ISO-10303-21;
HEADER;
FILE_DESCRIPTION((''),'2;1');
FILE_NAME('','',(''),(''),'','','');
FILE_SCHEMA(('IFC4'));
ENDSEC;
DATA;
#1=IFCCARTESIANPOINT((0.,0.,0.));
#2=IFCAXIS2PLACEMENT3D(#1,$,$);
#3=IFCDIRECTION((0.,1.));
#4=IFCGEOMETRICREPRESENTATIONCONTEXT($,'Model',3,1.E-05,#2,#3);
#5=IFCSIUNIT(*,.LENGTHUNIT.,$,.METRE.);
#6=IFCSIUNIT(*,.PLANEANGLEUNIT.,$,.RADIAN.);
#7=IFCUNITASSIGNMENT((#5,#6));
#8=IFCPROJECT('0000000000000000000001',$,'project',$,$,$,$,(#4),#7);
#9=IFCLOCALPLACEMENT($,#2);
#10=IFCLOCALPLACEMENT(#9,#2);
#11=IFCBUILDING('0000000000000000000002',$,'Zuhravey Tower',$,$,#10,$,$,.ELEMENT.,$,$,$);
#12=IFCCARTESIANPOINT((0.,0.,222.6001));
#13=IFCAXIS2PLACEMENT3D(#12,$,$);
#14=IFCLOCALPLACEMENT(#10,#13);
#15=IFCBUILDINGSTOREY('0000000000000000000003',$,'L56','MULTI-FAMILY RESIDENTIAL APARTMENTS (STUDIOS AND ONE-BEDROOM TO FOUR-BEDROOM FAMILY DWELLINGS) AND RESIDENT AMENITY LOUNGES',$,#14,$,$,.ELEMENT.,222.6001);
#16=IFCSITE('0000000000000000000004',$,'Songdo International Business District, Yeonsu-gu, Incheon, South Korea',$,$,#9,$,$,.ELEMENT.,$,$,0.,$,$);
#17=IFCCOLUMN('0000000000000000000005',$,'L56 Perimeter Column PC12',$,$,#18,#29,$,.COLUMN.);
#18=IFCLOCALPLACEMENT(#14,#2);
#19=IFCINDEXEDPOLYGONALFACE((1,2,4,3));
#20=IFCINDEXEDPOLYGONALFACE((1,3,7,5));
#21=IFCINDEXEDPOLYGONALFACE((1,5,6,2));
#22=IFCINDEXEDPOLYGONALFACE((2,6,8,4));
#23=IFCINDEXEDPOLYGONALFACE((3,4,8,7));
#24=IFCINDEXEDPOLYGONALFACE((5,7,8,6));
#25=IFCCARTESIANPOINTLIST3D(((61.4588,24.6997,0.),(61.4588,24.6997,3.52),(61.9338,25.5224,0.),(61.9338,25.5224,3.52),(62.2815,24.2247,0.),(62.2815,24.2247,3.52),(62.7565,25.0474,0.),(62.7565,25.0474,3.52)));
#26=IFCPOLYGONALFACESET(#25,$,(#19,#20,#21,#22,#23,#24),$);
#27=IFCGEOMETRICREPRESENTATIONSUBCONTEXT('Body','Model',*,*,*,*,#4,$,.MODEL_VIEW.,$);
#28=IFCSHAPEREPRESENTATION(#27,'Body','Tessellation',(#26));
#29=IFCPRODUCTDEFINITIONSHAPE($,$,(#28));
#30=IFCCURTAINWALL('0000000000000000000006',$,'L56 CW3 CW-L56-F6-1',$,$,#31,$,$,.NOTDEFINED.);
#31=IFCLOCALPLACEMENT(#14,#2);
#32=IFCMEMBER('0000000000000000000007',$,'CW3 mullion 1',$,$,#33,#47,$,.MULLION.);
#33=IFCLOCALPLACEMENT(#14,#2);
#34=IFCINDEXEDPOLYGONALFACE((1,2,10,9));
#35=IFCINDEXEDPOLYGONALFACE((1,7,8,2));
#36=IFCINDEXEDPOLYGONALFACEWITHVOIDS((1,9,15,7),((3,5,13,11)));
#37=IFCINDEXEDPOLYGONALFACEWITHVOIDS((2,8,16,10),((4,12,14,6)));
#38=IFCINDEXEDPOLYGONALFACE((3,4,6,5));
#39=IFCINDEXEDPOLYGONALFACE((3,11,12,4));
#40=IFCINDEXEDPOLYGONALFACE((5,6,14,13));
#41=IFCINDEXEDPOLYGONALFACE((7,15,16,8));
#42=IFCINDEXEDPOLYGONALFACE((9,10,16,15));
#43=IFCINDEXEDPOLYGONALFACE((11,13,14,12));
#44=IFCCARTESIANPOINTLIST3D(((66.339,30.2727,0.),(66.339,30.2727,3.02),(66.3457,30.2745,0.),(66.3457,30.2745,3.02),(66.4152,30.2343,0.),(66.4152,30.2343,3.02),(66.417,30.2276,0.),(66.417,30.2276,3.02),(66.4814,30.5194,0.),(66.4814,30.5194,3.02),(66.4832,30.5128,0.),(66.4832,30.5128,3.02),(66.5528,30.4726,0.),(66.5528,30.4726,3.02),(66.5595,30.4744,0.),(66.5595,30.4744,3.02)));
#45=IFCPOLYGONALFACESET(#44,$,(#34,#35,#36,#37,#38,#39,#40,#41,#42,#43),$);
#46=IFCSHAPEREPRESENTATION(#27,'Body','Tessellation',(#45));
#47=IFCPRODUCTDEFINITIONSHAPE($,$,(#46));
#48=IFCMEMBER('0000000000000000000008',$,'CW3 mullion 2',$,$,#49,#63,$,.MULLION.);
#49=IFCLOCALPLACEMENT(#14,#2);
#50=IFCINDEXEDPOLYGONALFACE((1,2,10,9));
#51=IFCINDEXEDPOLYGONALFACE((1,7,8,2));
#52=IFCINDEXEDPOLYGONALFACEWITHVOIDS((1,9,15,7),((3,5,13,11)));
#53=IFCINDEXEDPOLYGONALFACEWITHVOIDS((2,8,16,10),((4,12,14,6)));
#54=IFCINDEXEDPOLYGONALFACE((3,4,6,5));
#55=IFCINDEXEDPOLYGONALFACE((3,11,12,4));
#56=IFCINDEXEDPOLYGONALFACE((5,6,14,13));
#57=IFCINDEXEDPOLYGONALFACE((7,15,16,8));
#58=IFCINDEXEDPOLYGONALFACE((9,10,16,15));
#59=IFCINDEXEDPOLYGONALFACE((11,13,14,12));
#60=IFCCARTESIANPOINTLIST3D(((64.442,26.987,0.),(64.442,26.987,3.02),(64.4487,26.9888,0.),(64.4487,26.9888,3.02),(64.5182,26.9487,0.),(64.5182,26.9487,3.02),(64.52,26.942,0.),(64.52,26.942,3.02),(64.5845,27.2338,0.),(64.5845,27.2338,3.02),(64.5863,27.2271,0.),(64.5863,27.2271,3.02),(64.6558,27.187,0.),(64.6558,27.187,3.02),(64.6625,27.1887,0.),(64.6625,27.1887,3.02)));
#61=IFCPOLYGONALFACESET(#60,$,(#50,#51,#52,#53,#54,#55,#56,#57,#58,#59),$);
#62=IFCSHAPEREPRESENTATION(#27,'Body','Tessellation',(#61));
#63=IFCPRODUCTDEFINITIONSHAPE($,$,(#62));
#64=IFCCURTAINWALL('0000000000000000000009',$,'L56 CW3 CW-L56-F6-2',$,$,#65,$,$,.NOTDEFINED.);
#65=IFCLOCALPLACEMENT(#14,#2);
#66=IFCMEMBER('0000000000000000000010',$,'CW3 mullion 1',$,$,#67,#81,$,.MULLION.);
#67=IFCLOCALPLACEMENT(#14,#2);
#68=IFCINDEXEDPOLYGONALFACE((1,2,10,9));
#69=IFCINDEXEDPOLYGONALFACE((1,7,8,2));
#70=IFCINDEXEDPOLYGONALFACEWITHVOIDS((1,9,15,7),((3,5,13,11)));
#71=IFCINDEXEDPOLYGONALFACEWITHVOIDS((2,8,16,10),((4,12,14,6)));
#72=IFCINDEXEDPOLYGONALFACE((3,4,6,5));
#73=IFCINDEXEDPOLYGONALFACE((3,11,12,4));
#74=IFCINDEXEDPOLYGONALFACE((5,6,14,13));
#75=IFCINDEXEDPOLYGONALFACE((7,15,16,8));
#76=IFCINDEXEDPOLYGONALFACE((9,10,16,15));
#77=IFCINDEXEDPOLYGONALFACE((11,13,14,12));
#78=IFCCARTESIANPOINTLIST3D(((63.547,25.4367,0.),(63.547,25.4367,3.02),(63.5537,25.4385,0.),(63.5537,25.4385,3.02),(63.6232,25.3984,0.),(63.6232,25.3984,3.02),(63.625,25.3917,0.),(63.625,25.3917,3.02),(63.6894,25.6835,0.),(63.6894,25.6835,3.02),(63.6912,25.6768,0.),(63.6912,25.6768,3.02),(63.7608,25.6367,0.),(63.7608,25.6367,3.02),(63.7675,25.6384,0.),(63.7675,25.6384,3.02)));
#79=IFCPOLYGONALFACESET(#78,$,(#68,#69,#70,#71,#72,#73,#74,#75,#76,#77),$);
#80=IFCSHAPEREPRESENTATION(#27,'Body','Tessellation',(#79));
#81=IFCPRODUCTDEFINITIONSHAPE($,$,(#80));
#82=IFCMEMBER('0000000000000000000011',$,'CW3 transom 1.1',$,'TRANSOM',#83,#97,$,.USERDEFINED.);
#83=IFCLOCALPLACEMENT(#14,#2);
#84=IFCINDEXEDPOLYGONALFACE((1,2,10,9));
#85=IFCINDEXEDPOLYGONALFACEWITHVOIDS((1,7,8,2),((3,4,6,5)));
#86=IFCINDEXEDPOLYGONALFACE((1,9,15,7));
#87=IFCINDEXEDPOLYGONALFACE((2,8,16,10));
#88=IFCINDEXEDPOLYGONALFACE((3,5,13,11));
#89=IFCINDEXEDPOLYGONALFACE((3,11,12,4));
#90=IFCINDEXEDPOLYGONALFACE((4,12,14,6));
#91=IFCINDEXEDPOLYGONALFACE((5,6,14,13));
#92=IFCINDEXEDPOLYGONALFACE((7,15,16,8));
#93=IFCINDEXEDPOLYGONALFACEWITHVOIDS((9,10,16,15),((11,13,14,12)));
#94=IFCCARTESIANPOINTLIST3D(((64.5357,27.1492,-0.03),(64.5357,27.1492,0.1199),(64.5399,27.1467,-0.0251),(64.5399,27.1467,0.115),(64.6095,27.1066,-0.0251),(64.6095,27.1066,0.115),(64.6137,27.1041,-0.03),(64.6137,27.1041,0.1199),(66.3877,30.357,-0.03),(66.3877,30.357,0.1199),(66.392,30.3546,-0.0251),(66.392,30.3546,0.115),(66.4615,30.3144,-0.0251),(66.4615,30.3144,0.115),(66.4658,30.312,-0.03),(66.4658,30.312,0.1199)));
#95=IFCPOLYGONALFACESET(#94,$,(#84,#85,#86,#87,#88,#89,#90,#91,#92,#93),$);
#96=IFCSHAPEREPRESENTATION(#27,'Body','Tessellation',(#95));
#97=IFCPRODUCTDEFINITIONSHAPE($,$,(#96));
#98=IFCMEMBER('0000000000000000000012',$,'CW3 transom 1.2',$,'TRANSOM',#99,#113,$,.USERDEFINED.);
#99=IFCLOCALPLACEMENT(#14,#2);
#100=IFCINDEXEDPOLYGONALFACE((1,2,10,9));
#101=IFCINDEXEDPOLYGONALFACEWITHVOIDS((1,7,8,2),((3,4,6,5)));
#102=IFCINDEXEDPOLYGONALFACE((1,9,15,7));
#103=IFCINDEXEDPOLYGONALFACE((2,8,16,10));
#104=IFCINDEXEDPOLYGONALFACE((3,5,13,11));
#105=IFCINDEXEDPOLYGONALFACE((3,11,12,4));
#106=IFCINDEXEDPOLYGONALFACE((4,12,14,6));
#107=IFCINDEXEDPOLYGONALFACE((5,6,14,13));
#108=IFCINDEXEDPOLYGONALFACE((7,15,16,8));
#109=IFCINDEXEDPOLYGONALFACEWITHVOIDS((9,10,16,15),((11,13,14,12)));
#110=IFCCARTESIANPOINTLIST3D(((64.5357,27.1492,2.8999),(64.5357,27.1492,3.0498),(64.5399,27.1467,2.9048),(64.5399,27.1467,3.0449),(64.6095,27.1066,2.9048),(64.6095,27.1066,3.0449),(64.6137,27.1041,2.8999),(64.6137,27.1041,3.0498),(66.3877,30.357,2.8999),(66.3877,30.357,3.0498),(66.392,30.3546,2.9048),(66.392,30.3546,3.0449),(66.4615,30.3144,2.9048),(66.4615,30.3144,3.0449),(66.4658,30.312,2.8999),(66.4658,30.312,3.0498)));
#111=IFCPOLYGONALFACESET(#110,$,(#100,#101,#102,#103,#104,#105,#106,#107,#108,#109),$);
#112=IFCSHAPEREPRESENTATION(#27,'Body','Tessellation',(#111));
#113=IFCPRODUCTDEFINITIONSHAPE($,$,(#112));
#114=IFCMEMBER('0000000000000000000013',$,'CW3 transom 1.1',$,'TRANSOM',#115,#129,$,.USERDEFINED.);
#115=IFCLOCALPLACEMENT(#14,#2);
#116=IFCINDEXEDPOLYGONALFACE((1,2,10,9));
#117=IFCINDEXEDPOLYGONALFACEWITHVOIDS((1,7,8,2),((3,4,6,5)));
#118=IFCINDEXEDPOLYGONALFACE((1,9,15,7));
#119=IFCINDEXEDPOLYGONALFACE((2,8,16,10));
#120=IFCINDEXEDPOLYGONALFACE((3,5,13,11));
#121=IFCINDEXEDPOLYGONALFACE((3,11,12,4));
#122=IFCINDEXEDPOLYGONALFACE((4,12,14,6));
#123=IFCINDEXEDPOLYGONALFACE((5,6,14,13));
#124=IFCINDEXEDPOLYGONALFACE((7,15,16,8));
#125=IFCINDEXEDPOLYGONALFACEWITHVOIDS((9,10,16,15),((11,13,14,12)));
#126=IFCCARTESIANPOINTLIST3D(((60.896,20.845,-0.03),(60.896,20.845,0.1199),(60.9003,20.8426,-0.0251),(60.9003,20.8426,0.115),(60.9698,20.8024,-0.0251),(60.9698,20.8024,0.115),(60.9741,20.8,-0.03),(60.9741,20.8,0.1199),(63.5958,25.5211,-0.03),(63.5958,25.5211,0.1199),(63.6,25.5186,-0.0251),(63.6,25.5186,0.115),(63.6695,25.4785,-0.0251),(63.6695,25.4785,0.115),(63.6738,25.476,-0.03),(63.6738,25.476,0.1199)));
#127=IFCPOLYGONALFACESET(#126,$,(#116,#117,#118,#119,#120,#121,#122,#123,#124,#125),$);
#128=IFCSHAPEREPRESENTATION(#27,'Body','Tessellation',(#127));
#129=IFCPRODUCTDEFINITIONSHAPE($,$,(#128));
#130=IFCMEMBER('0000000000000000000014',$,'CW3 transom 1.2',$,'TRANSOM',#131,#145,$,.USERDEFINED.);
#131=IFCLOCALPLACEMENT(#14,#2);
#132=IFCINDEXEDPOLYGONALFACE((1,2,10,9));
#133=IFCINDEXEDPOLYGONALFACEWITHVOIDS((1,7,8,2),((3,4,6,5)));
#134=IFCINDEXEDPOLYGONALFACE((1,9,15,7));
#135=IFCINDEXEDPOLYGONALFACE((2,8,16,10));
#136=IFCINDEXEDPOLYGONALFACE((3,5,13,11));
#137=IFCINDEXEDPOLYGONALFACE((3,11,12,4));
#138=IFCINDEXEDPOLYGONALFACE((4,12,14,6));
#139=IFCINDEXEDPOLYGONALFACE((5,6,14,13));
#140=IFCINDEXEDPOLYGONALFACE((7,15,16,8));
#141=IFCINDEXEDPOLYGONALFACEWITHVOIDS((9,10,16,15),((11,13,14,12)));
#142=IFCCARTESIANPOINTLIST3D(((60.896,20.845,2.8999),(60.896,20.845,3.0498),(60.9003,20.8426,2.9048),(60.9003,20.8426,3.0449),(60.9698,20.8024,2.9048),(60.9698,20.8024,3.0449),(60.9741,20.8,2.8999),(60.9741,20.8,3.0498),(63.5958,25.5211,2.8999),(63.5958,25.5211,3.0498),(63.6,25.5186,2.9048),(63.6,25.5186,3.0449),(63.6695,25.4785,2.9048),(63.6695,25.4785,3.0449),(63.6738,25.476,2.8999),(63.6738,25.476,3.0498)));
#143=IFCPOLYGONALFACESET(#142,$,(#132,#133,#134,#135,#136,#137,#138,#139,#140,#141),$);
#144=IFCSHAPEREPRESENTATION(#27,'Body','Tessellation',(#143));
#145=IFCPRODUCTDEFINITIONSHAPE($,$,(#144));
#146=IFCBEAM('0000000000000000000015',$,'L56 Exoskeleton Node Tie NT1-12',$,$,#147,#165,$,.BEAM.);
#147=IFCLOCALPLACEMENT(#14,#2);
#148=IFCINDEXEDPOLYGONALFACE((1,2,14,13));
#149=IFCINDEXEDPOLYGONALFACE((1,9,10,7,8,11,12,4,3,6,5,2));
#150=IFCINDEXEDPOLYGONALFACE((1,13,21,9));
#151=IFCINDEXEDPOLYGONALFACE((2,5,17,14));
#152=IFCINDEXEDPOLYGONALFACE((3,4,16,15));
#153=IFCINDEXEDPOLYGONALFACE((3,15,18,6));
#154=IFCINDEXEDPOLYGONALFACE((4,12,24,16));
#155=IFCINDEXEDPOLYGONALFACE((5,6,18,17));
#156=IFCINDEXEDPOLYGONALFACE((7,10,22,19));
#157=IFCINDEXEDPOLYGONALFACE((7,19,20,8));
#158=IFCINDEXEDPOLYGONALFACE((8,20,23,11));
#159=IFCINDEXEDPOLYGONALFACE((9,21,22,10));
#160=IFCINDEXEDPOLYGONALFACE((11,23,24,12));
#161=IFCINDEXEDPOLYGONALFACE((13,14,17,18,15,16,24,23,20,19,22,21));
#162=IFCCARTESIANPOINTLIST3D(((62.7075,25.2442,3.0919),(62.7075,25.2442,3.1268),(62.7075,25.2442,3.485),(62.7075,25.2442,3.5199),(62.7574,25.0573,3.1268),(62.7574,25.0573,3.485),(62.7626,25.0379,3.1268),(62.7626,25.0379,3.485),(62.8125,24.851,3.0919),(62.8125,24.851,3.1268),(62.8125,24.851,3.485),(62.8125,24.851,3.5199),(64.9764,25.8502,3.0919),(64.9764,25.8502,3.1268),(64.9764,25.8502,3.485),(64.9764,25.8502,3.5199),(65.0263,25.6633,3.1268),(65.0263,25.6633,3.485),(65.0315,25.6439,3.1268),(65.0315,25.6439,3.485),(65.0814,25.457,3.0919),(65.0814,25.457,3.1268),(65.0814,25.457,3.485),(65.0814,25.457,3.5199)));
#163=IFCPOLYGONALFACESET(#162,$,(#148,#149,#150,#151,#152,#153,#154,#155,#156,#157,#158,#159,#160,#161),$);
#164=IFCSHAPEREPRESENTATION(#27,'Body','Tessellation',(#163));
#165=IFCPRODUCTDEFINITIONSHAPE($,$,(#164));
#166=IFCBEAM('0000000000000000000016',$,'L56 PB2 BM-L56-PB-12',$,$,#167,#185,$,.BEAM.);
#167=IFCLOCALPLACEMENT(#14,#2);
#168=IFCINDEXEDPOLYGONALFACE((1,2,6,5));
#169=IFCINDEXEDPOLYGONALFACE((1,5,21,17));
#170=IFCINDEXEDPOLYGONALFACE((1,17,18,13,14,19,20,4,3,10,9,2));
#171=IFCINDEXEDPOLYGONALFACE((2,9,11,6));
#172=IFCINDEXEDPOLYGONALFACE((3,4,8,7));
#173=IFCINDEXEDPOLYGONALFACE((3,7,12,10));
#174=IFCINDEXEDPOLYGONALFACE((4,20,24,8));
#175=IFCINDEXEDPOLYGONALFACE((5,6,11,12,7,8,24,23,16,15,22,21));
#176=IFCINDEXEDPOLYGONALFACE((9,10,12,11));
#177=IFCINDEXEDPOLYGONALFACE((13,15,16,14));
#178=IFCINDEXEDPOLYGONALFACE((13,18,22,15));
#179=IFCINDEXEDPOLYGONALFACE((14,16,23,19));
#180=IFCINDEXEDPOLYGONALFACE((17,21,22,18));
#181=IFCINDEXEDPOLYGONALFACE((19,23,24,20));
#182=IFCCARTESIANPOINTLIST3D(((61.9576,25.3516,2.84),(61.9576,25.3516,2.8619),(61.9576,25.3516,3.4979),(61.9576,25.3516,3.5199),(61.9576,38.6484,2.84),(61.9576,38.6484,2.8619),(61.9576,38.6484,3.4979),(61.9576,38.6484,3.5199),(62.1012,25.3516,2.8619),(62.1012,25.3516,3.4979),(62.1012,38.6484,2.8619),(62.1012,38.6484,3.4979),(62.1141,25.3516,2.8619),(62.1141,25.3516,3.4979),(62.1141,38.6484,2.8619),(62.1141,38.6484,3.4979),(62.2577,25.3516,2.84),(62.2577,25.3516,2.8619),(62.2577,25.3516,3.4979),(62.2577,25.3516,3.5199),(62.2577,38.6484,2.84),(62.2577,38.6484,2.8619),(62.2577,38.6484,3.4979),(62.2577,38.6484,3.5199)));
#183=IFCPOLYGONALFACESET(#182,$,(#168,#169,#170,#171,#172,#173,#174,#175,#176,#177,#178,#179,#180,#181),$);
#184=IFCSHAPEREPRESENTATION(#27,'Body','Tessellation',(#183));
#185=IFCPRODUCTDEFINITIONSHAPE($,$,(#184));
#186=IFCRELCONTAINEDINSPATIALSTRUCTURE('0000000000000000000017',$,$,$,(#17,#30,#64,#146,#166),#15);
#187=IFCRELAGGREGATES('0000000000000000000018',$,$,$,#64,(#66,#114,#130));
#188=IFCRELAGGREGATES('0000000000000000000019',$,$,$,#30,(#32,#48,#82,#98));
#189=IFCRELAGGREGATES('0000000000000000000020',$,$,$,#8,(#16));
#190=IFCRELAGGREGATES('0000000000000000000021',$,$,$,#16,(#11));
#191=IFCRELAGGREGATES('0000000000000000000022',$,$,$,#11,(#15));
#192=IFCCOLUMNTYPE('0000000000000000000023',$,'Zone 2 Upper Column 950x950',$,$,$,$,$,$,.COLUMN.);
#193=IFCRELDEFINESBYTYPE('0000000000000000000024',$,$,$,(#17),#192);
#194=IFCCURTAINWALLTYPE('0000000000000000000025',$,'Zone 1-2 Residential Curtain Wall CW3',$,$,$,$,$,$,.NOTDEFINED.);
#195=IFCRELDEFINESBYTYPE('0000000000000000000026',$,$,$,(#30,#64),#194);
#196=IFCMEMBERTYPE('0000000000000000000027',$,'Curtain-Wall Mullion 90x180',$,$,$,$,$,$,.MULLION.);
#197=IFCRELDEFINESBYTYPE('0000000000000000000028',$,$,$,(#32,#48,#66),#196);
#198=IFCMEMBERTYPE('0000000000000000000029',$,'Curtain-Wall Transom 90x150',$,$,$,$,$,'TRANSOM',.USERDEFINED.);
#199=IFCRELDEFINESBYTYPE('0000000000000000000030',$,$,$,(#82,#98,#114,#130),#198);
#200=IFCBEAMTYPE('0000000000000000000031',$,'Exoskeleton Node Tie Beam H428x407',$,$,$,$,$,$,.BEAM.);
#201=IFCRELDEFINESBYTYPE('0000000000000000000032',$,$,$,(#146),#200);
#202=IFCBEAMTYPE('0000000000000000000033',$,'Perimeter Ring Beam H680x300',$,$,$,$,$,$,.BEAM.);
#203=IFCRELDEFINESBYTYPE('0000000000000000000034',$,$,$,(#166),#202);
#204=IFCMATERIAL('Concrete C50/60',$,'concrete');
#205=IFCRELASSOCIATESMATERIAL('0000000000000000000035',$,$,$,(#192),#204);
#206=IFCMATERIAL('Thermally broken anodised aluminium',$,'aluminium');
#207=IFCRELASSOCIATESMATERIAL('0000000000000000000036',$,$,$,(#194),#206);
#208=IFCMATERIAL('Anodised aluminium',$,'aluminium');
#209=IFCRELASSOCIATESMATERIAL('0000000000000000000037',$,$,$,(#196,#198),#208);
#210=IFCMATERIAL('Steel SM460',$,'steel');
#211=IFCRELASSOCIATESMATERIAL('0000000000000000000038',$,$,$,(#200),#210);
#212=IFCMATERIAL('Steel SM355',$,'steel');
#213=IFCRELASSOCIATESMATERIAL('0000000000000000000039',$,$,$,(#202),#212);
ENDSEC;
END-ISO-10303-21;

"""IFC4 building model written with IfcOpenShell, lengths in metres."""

from ifc_helpers import new_model, si_unit, direction, frame, origin, origin_2d, place, context, subcontext, project, spatial, rectangle, hollow_rectangle, i_section, extrude, material, material_profile, profile_set, type_object, element, aggregate, save


model = new_model("IFC4")

# Units and contexts
model_context = context("Model", 3, precision=1e-05, world=origin(), true_north=direction((0.0, 1.0)))
body_context = subcontext(model_context, "Body", "Model", "MODEL_VIEW")
ifc_project = project(units=[si_unit("LENGTHUNIT", "METRE"), si_unit("PLANEANGLEUNIT", "RADIAN")], contexts=[model_context])

# Site, building, storey
site_placement = place(None, origin())
site = spatial("IfcSite", under=ifc_project, at=site_placement, Name="Songdo International Business District, Yeonsu-gu, Incheon, South Korea", CompositionType="ELEMENT", RefElevation=0.0)
building_placement = place(site_placement, origin())
building = spatial("IfcBuilding", under=site, at=building_placement, Name="Zuhravey Tower", CompositionType="ELEMENT")
storey_placement = place(building_placement, frame((0.0, 0.0, 222.6001)))
storey = spatial("IfcBuildingStorey", under=building, at=storey_placement, Name="L56", Description="MULTI-FAMILY RESIDENTIAL APARTMENTS (STUDIOS AND ONE-BEDROOM TO FOUR-BEDROOM FAMILY DWELLINGS) AND RESIDENT AMENITY LOUNGES", CompositionType="ELEMENT", Elevation=222.6001)

# Column
ifc_material_1 = material(Name="Concrete C50/60", Category="concrete")
ifc_material_profile_1 = material_profile(ifc_material_1, rectangle(XDim=0.95, YDim=0.95, at=origin_2d()), Name="RC-950x950")
ifc_profile_set_1 = profile_set([ifc_material_profile_1], Name="Concrete C50/60")
column_type = type_object("IfcColumnType", Name="Zone 2 Upper Column 950x950", PredefinedType="COLUMN", material=ifc_profile_set_1)
column_placement = place(storey_placement, frame((62.1077, 24.8735, 0.0), z_axis=(0.0, 0.0, 1.0), x_axis=(0.5, 0.866025, 0.0)))
element("IfcColumn", 1, at=column_placement, inside=storey, type_object=column_type, Name="L56 Perimeter Column PC12", PredefinedType="COLUMN", context=body_context, shape_type="SweptSolid", body=[
    extrude(rectangle(XDim=0.95, YDim=0.95, at=origin_2d()), origin(), (0.0, 0.0, 1.0), 3.52),
])

# Curtain wall, members
ifc_material_2 = material(Name="Thermally broken anodised aluminium", Category="aluminium")
curtain_wall_type = type_object("IfcCurtainWallType", Name="Zone 1-2 Residential Curtain Wall CW3", PredefinedType="NOTDEFINED", material=ifc_material_2)
curtain_wall_1_placement = place(storey_placement, origin())
curtain_wall_1 = element("IfcCurtainWall", 2, at=curtain_wall_1_placement, inside=storey, type_object=curtain_wall_type, Name="L56 CW3 CW-L56-F6-1", PredefinedType="NOTDEFINED")
ifc_material_3 = material(Name="Anodised aluminium", Category="aluminium")
ifc_material_profile_2 = material_profile(ifc_material_3, hollow_rectangle(XDim=0.0901, YDim=0.2849, WallThickness=0.0049, at=origin_2d()), Name="ALU-RHS-90x285x5")
ifc_profile_set_2 = profile_set([ifc_material_profile_2], Name="Anodised aluminium")
member_type_1 = type_object("IfcMemberType", Name="Curtain-Wall Mullion 90x180", PredefinedType="MULLION", material=ifc_profile_set_2)
member_1_placement = place(storey_placement, frame((66.4492, 30.3735, 0.0), z_axis=(0.0, 0.0, 1.0), x_axis=(0.866018, -0.500013, 0.0)))
member_1 = element("IfcMember", 3, at=member_1_placement, type_object=member_type_1, Name="CW3 mullion 1", PredefinedType="MULLION", context=body_context, shape_type="SweptSolid", body=[
    extrude(hollow_rectangle(XDim=0.0901, YDim=0.2849, WallThickness=0.0049, at=origin_2d()), origin(), (0.0, 0.0, 1.0), 3.02),
])
member_2_placement = place(storey_placement, frame((64.5522, 27.0879, 0.0), z_axis=(0.0, 0.0, 1.0), x_axis=(0.866018, -0.500013, 0.0)))
member_2 = element("IfcMember", 4, at=member_2_placement, type_object=member_type_1, Name="CW3 mullion 2", PredefinedType="MULLION", context=body_context, shape_type="SweptSolid", body=[
    extrude(hollow_rectangle(XDim=0.0901, YDim=0.2849, WallThickness=0.0049, at=origin_2d()), origin(), (0.0, 0.0, 1.0), 3.02),
])

# Curtain wall, member
curtain_wall_2_placement = place(storey_placement, origin())
curtain_wall_2 = element("IfcCurtainWall", 5, at=curtain_wall_2_placement, inside=storey, type_object=curtain_wall_type, Name="L56 CW3 CW-L56-F6-2", PredefinedType="NOTDEFINED")
member_3_placement = place(storey_placement, frame((63.6572, 25.5376, 0.0), z_axis=(0.0, 0.0, 1.0), x_axis=(0.866026, -0.499999, 0.0)))
member_3 = element("IfcMember", 6, at=member_3_placement, type_object=member_type_1, Name="CW3 mullion 1", PredefinedType="MULLION", context=body_context, shape_type="SweptSolid", body=[
    extrude(hollow_rectangle(XDim=0.0901, YDim=0.2849, WallThickness=0.0049, at=origin_2d()), origin(), (0.0, 0.0, 1.0), 3.02),
])

# Members
ifc_material_profile_3 = material_profile(ifc_material_3, hollow_rectangle(XDim=0.0901, YDim=0.1499, WallThickness=0.0049, at=origin_2d()), Name="ALU-RHS-90x150x5")
ifc_profile_set_3 = profile_set([ifc_material_profile_3], Name="Anodised aluminium")
member_type_2 = type_object("IfcMemberType", Name="Curtain-Wall Transom 90x150", ElementType="TRANSOM", PredefinedType="USERDEFINED", material=ifc_profile_set_3)
member_4_placement = place(storey_placement, frame((66.4268, 30.3345, 0.0449), z_axis=(-0.50001, -0.86602, 0.0), x_axis=(0.86602, -0.50001, 0.0)))
member_4 = element("IfcMember", 7, at=member_4_placement, type_object=member_type_2, Name="CW3 transom 1.1", ObjectType="TRANSOM", PredefinedType="USERDEFINED", context=body_context, shape_type="SweptSolid", body=[
    extrude(hollow_rectangle(XDim=0.0901, YDim=0.1499, WallThickness=0.0049, at=origin_2d()), origin(), (0.0, 0.0, 1.0), 3.7041),
])
member_5_placement = place(storey_placement, frame((66.4268, 30.3345, 2.9749), z_axis=(-0.50001, -0.86602, 0.0), x_axis=(0.86602, -0.50001, 0.0)))
member_5 = element("IfcMember", 8, at=member_5_placement, type_object=member_type_2, Name="CW3 transom 1.2", ObjectType="TRANSOM", PredefinedType="USERDEFINED", context=body_context, shape_type="SweptSolid", body=[
    extrude(hollow_rectangle(XDim=0.0901, YDim=0.1499, WallThickness=0.0049, at=origin_2d()), origin(), (0.0, 0.0, 1.0), 3.7041),
])
member_6_placement = place(storey_placement, frame((63.6348, 25.4985, 0.0449), z_axis=(-0.5, -0.866025, 0.0), x_axis=(0.866025, -0.5, 0.0)))
member_6 = element("IfcMember", 9, at=member_6_placement, type_object=member_type_2, Name="CW3 transom 1.1", ObjectType="TRANSOM", PredefinedType="USERDEFINED", context=body_context, shape_type="SweptSolid", body=[
    extrude(hollow_rectangle(XDim=0.0901, YDim=0.1499, WallThickness=0.0049, at=origin_2d()), origin(), (0.0, 0.0, 1.0), 5.3994),
])
member_7_placement = place(storey_placement, frame((63.6348, 25.4985, 2.9749), z_axis=(-0.5, -0.866025, 0.0), x_axis=(0.866025, -0.5, 0.0)))
member_7 = element("IfcMember", 10, at=member_7_placement, type_object=member_type_2, Name="CW3 transom 1.2", ObjectType="TRANSOM", PredefinedType="USERDEFINED", context=body_context, shape_type="SweptSolid", body=[
    extrude(hollow_rectangle(XDim=0.0901, YDim=0.1499, WallThickness=0.0049, at=origin_2d()), origin(), (0.0, 0.0, 1.0), 5.3994),
])
aggregate(curtain_wall_2, [member_3, member_6, member_7])

# Beams
ifc_material_4 = material(Name="Steel SM460", Category="steel")
ifc_material_profile_4 = material_profile(ifc_material_4, i_section(OverallWidth=0.407, OverallDepth=0.428, WebThickness=0.02, FlangeThickness=0.0349, at=origin_2d()), Name="H-428x407x20x35")
ifc_profile_set_4 = profile_set([ifc_material_profile_4], Name="Steel SM460")
beam_type_1 = type_object("IfcBeamType", Name="Exoskeleton Node Tie Beam H428x407", PredefinedType="BEAM", material=ifc_profile_set_4)
beam_1_placement = place(storey_placement, frame((62.76, 25.0476, 3.3059), z_axis=(0.966135, 0.258038, 0.0), x_axis=(-0.258038, 0.966135, 0.0)))
element("IfcBeam", 11, at=beam_1_placement, inside=storey, type_object=beam_type_1, Name="L56 Exoskeleton Node Tie NT1-12", PredefinedType="BEAM", context=body_context, shape_type="SweptSolid", body=[
    extrude(i_section(OverallWidth=0.407, OverallDepth=0.428, WebThickness=0.02, FlangeThickness=0.0349, at=origin_2d()), origin(), (0.0, 0.0, 1.0), 2.3484),
])
ifc_material_5 = material(Name="Steel SM355", Category="steel")
ifc_material_profile_5 = material_profile(ifc_material_5, i_section(OverallWidth=0.3, OverallDepth=0.6799, WebThickness=0.0129, FlangeThickness=0.022, at=origin_2d()), Name="H-680x300x13x22")
ifc_profile_set_5 = profile_set([ifc_material_profile_5], Name="Steel SM355")
beam_type_2 = type_object("IfcBeamType", Name="Perimeter Ring Beam H680x300", PredefinedType="BEAM", material=ifc_profile_set_5)
beam_2_placement = place(storey_placement, frame((62.1077, 25.3516, 3.1799), z_axis=(0.0, 1.0, 0.0), x_axis=(-1.0, 0.0, 0.0)))
element("IfcBeam", 12, at=beam_2_placement, inside=storey, type_object=beam_type_2, Name="L56 PB2 BM-L56-PB-12", PredefinedType="BEAM", context=body_context, shape_type="SweptSolid", body=[
    extrude(i_section(OverallWidth=0.3, OverallDepth=0.6799, WebThickness=0.0129, FlangeThickness=0.022, at=origin_2d()), origin(), (0.0, 0.0, 1.0), 13.2969),
])

aggregate(curtain_wall_1, [member_1, member_2, member_4, member_5])

save(model, "model.ifc")
